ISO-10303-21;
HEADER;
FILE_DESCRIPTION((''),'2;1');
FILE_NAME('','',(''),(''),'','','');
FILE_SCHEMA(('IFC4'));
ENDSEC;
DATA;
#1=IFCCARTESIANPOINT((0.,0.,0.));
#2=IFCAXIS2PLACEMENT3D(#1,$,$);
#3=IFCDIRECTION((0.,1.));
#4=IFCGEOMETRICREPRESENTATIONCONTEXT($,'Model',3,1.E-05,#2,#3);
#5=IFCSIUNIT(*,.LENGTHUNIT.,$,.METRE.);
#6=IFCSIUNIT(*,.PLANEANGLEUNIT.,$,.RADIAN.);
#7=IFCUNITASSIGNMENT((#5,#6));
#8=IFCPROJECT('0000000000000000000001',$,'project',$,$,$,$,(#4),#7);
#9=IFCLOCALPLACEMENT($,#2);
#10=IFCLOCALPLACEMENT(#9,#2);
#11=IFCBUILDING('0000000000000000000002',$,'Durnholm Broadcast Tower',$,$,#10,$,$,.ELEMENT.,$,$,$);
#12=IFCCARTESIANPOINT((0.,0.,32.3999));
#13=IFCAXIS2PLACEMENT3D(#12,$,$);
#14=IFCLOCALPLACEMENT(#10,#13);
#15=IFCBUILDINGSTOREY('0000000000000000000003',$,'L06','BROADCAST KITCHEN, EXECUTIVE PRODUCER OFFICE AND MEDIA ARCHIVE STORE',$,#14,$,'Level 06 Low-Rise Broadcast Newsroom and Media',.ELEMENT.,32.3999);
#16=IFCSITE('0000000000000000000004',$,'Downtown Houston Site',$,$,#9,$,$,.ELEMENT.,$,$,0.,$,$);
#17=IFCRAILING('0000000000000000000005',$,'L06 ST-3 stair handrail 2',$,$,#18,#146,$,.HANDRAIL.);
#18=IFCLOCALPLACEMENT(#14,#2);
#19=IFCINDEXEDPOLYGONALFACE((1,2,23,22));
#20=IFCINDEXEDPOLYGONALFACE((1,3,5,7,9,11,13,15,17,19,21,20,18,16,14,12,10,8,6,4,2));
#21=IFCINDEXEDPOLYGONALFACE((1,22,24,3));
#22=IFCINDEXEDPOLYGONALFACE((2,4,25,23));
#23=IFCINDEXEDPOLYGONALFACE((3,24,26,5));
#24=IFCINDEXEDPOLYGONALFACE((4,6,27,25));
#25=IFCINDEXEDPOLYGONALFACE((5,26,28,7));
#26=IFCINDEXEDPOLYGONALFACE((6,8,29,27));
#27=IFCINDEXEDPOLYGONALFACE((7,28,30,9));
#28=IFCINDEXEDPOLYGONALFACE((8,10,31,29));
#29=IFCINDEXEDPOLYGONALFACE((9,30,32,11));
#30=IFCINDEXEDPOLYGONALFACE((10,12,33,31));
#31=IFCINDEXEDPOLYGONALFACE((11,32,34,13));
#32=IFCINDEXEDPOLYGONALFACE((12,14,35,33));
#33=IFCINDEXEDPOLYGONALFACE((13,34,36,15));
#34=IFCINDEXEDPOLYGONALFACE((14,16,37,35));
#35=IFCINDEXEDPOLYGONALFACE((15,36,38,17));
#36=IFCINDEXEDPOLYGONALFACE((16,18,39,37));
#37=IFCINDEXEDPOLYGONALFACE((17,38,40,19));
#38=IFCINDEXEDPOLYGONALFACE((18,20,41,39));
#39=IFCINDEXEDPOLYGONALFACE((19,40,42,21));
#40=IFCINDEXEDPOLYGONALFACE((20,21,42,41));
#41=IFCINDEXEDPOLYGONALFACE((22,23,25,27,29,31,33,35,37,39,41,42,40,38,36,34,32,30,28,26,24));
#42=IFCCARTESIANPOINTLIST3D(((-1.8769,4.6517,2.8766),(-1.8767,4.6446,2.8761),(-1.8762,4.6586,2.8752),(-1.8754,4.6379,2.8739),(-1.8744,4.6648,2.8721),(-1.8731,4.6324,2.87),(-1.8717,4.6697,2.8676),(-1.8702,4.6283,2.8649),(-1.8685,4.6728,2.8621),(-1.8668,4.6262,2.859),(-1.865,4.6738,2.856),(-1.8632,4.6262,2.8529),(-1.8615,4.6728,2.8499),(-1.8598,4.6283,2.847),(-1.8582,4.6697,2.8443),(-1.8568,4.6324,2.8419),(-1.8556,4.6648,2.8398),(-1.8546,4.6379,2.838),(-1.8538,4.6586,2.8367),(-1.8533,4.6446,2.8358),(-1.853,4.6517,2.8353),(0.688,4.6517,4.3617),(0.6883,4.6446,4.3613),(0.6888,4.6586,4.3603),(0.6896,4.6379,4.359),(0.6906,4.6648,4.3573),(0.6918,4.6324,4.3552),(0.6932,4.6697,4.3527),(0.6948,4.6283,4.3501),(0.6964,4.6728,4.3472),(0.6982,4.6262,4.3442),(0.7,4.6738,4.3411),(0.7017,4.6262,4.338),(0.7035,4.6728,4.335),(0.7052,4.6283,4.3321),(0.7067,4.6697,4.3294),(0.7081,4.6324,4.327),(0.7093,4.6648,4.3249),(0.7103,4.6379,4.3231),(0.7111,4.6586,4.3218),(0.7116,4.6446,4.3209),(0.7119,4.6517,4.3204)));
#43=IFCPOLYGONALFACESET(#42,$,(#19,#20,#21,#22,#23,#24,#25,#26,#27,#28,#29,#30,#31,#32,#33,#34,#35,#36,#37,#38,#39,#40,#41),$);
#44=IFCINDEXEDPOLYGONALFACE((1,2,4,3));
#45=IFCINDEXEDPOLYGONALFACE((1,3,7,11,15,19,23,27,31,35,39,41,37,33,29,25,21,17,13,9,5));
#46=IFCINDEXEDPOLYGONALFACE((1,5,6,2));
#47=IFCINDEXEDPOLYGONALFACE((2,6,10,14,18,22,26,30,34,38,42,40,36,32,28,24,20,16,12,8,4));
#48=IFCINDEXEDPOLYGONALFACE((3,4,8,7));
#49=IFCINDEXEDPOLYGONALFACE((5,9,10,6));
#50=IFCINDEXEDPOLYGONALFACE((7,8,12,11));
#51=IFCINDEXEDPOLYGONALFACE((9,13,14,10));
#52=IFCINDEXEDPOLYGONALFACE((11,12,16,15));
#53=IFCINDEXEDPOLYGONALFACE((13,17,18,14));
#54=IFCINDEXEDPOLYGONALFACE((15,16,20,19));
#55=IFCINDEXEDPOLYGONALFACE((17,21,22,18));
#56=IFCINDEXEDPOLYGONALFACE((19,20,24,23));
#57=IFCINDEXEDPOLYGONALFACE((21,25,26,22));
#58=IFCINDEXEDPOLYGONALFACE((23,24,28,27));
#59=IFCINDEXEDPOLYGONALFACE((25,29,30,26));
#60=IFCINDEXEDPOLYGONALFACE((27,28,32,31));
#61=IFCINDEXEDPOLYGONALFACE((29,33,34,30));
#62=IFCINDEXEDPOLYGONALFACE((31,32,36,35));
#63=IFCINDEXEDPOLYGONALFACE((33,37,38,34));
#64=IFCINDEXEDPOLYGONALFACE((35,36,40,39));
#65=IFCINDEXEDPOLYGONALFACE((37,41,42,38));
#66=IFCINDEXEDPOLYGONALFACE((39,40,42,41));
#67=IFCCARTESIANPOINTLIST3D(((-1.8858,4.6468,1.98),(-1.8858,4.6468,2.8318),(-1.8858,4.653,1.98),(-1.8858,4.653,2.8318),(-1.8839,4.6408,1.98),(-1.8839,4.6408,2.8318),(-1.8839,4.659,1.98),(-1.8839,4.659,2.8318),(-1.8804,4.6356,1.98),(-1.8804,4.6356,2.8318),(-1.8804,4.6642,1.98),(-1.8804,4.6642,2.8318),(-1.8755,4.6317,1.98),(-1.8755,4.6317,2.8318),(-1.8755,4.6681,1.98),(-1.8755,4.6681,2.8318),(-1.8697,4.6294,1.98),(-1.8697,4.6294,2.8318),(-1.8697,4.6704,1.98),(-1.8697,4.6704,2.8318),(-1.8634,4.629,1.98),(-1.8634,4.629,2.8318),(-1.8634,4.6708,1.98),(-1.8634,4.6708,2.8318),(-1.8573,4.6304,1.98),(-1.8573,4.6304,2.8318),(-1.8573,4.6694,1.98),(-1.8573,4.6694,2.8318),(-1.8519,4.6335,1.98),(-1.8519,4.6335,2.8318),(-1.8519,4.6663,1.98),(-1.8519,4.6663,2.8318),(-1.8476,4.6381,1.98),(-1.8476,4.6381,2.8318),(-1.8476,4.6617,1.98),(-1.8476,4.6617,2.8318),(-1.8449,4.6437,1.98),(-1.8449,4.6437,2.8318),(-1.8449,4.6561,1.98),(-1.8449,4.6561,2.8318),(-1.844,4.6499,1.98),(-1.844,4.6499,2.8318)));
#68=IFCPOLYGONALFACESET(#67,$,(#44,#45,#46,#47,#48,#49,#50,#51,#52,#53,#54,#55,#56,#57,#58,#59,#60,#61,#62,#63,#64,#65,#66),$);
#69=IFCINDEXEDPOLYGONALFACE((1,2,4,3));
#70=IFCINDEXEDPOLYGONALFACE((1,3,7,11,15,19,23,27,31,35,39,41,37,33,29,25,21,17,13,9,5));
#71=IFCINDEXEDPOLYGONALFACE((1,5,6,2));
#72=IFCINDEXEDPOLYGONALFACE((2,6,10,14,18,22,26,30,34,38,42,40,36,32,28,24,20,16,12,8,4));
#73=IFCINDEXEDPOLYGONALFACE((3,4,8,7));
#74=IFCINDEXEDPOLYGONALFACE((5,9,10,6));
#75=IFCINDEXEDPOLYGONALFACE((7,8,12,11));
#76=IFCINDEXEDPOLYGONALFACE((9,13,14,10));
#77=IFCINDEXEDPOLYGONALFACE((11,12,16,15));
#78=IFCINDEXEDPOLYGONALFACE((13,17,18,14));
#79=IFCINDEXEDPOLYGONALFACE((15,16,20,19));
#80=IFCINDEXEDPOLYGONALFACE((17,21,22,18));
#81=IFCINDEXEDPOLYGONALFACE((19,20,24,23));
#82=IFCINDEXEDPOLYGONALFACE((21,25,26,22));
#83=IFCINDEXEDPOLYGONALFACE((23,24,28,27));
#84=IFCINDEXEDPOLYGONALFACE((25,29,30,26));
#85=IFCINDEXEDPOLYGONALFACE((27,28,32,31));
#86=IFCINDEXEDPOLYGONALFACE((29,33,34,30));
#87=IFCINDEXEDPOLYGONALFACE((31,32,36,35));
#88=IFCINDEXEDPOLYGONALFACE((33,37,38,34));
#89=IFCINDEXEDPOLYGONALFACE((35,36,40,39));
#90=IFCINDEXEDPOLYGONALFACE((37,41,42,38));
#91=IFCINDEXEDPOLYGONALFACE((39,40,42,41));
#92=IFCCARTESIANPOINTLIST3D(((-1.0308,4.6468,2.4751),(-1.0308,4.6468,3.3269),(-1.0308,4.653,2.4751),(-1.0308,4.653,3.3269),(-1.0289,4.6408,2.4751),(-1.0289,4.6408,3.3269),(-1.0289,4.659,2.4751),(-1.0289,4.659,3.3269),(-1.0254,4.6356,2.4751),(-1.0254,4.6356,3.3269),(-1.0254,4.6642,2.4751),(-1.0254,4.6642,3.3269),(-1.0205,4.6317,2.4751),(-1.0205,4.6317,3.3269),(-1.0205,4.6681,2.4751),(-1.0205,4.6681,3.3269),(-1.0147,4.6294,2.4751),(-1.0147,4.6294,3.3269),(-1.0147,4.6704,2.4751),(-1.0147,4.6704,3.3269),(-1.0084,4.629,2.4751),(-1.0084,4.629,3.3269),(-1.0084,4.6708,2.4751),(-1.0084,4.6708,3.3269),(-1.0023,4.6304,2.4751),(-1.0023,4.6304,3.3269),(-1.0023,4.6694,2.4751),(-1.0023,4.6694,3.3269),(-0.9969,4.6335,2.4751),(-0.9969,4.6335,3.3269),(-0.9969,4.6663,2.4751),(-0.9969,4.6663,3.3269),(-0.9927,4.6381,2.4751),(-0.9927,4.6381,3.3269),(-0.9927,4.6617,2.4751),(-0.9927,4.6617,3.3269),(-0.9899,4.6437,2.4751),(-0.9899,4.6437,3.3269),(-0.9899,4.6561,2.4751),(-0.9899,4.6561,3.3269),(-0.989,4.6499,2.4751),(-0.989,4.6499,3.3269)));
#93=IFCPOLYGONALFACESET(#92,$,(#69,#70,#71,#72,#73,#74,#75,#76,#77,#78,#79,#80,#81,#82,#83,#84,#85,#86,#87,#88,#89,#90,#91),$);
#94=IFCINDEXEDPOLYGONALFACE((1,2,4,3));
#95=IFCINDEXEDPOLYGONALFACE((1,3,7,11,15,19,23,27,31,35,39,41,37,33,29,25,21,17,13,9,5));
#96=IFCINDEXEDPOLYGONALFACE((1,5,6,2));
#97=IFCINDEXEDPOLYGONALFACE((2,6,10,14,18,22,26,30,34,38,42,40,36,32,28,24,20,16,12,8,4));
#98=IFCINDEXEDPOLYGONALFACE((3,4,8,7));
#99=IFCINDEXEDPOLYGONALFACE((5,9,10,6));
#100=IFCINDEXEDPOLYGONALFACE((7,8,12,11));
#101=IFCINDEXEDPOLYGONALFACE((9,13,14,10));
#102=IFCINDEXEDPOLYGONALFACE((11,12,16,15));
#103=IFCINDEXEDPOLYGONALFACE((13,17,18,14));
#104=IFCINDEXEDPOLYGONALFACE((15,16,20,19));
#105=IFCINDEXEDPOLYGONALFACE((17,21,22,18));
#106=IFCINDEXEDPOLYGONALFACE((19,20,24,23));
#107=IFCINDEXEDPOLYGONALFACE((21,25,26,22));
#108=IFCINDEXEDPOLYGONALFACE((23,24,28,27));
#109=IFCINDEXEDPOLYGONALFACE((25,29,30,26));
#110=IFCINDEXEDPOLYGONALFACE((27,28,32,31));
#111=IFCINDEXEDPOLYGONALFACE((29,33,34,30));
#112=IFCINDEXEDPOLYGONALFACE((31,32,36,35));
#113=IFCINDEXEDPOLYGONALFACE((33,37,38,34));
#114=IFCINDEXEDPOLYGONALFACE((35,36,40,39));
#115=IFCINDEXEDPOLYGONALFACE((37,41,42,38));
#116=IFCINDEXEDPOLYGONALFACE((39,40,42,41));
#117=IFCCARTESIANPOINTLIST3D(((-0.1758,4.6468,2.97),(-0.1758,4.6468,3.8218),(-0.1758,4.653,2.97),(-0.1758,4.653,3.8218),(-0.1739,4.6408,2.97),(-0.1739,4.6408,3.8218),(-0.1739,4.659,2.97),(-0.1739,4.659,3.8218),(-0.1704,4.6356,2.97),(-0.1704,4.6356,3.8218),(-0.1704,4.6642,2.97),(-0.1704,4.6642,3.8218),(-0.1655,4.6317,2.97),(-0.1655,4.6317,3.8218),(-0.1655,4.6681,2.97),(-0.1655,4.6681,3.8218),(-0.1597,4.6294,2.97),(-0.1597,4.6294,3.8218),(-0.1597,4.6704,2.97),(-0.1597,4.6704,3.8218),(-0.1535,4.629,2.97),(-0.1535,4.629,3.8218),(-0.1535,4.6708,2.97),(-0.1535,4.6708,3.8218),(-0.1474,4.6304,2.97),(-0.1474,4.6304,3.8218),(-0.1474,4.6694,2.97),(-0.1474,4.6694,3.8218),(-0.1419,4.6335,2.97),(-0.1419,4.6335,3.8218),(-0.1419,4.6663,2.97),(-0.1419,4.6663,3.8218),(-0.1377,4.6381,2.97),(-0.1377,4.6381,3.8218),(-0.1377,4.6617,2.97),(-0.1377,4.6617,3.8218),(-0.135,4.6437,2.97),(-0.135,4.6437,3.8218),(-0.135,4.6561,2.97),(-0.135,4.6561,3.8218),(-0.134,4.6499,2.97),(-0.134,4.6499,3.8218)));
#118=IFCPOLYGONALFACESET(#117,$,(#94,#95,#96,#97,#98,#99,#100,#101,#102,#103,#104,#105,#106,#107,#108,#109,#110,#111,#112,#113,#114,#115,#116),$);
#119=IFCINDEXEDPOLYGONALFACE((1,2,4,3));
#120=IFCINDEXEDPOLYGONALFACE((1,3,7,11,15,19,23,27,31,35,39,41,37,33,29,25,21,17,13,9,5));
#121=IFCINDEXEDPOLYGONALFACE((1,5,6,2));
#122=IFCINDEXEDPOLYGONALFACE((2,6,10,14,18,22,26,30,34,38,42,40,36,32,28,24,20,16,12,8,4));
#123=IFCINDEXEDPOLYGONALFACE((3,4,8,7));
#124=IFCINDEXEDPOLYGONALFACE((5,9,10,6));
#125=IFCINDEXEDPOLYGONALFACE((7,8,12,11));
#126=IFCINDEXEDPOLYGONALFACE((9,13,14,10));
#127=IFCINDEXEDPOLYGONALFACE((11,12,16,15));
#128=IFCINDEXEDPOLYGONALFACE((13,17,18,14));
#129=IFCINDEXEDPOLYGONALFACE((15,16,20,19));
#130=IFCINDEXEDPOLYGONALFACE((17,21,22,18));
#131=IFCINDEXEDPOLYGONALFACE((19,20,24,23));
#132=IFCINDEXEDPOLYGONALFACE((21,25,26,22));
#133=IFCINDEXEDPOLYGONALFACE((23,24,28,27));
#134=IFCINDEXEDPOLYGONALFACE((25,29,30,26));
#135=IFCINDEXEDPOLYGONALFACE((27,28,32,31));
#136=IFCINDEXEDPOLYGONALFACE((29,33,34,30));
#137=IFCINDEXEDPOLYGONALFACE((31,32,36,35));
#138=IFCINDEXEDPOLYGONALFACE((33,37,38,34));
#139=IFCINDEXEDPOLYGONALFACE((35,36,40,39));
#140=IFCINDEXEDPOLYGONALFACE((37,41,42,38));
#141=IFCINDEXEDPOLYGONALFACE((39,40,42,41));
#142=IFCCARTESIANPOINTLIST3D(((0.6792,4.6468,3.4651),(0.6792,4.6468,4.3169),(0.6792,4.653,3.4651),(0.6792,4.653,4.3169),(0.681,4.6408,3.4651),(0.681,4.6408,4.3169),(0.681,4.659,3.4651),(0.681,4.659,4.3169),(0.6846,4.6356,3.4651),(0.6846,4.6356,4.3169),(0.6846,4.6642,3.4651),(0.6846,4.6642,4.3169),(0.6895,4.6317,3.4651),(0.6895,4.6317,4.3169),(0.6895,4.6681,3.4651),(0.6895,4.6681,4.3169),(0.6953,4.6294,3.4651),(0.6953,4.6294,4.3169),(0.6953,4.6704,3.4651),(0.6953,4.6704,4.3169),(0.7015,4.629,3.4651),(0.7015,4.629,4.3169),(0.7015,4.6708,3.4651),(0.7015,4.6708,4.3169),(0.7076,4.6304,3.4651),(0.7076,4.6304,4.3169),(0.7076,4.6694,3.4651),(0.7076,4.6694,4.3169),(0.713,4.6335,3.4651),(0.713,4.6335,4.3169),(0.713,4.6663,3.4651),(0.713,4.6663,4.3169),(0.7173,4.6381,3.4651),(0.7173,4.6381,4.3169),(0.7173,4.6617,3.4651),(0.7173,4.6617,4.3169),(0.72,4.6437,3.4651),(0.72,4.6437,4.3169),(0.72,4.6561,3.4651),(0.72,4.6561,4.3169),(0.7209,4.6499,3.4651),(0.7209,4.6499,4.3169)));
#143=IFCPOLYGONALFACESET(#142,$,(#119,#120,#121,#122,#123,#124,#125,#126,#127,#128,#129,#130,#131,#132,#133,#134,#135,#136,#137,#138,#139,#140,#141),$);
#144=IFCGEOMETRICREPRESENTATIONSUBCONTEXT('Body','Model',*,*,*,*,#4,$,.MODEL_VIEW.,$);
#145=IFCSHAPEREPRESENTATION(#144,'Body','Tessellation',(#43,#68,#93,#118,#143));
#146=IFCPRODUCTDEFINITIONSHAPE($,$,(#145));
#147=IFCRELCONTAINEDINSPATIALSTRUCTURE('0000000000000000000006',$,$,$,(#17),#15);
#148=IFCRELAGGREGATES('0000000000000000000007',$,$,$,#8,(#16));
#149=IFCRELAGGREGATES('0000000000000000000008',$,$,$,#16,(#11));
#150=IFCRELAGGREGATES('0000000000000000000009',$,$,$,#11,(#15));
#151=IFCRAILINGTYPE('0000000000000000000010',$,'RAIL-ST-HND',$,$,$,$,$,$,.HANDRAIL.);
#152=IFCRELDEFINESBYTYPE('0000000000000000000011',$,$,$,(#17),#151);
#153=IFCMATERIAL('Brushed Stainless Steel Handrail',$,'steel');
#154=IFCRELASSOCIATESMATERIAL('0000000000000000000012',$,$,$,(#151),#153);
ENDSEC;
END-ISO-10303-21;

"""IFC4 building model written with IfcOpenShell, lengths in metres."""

from ifc_helpers import new_model, si_unit, direction, frame, origin, origin_2d, place, context, subcontext, project, spatial, circle, extrude, material, type_object, element, save


model = new_model("IFC4")

# Units and contexts
model_context = context("Model", 3, precision=1e-05, world=origin(), true_north=direction((0.0, 1.0)))
body_context = subcontext(model_context, "Body", "Model", "MODEL_VIEW")
ifc_project = project(units=[si_unit("LENGTHUNIT", "METRE"), si_unit("PLANEANGLEUNIT", "RADIAN")], contexts=[model_context])

# Site, building, storey
site_placement = place(None, origin())
site = spatial("IfcSite", under=ifc_project, at=site_placement, Name="Downtown Houston Site", CompositionType="ELEMENT", RefElevation=0.0)
building_placement = place(site_placement, origin())
building = spatial("IfcBuilding", under=site, at=building_placement, Name="Durnholm Broadcast Tower", CompositionType="ELEMENT")
storey_placement = place(building_placement, frame((0.0, 0.0, 32.3999)))
storey = spatial("IfcBuildingStorey", under=building, at=storey_placement, Name="L06", Description="BROADCAST KITCHEN, EXECUTIVE PRODUCER OFFICE AND MEDIA ARCHIVE STORE", LongName="Level 06 Low-Rise Broadcast Newsroom and Media", CompositionType="ELEMENT", Elevation=32.3999)

# Railing
ifc_material_1 = material(Name="Brushed Stainless Steel Handrail", Category="steel")
railing_type_1 = type_object("IfcRailingType", Name="RAIL-ST-HND", PredefinedType="HANDRAIL", material=ifc_material_1)
railing_1_placement = place(storey_placement, frame((-1.865, 4.6499, 1.98)))
element("IfcRailing", 1, at=railing_1_placement, inside=storey, type_object=railing_type_1, Name="L06 ST-3 stair handrail 2", PredefinedType="HANDRAIL", context=body_context, shape_type="SweptSolid", body=[
    extrude(circle(Radius=0.0239, at=origin_2d()), frame((0.0, 0.0, 0.876), z_axis=(0.865406, 0.0, 0.501072), x_axis=(0.0, 1.0, 0.0)), (0.0, 0.0, 1.0), 2.9639),
    extrude(circle(Radius=0.021, at=origin_2d()), origin(), (0.0, 0.0, 1.0), 0.8518),
    extrude(circle(Radius=0.021, at=origin_2d()), frame((0.855, 0.0, 0.4951)), (0.0, 0.0, 1.0), 0.8518),
    extrude(circle(Radius=0.021, at=origin_2d()), frame((1.71, 0.0, 0.99)), (0.0, 0.0, 1.0), 0.8518),
    extrude(circle(Radius=0.021, at=origin_2d()), frame((2.5649, 0.0, 1.4851)), (0.0, 0.0, 1.0), 0.8518),
])

save(model, "model.ifc")
